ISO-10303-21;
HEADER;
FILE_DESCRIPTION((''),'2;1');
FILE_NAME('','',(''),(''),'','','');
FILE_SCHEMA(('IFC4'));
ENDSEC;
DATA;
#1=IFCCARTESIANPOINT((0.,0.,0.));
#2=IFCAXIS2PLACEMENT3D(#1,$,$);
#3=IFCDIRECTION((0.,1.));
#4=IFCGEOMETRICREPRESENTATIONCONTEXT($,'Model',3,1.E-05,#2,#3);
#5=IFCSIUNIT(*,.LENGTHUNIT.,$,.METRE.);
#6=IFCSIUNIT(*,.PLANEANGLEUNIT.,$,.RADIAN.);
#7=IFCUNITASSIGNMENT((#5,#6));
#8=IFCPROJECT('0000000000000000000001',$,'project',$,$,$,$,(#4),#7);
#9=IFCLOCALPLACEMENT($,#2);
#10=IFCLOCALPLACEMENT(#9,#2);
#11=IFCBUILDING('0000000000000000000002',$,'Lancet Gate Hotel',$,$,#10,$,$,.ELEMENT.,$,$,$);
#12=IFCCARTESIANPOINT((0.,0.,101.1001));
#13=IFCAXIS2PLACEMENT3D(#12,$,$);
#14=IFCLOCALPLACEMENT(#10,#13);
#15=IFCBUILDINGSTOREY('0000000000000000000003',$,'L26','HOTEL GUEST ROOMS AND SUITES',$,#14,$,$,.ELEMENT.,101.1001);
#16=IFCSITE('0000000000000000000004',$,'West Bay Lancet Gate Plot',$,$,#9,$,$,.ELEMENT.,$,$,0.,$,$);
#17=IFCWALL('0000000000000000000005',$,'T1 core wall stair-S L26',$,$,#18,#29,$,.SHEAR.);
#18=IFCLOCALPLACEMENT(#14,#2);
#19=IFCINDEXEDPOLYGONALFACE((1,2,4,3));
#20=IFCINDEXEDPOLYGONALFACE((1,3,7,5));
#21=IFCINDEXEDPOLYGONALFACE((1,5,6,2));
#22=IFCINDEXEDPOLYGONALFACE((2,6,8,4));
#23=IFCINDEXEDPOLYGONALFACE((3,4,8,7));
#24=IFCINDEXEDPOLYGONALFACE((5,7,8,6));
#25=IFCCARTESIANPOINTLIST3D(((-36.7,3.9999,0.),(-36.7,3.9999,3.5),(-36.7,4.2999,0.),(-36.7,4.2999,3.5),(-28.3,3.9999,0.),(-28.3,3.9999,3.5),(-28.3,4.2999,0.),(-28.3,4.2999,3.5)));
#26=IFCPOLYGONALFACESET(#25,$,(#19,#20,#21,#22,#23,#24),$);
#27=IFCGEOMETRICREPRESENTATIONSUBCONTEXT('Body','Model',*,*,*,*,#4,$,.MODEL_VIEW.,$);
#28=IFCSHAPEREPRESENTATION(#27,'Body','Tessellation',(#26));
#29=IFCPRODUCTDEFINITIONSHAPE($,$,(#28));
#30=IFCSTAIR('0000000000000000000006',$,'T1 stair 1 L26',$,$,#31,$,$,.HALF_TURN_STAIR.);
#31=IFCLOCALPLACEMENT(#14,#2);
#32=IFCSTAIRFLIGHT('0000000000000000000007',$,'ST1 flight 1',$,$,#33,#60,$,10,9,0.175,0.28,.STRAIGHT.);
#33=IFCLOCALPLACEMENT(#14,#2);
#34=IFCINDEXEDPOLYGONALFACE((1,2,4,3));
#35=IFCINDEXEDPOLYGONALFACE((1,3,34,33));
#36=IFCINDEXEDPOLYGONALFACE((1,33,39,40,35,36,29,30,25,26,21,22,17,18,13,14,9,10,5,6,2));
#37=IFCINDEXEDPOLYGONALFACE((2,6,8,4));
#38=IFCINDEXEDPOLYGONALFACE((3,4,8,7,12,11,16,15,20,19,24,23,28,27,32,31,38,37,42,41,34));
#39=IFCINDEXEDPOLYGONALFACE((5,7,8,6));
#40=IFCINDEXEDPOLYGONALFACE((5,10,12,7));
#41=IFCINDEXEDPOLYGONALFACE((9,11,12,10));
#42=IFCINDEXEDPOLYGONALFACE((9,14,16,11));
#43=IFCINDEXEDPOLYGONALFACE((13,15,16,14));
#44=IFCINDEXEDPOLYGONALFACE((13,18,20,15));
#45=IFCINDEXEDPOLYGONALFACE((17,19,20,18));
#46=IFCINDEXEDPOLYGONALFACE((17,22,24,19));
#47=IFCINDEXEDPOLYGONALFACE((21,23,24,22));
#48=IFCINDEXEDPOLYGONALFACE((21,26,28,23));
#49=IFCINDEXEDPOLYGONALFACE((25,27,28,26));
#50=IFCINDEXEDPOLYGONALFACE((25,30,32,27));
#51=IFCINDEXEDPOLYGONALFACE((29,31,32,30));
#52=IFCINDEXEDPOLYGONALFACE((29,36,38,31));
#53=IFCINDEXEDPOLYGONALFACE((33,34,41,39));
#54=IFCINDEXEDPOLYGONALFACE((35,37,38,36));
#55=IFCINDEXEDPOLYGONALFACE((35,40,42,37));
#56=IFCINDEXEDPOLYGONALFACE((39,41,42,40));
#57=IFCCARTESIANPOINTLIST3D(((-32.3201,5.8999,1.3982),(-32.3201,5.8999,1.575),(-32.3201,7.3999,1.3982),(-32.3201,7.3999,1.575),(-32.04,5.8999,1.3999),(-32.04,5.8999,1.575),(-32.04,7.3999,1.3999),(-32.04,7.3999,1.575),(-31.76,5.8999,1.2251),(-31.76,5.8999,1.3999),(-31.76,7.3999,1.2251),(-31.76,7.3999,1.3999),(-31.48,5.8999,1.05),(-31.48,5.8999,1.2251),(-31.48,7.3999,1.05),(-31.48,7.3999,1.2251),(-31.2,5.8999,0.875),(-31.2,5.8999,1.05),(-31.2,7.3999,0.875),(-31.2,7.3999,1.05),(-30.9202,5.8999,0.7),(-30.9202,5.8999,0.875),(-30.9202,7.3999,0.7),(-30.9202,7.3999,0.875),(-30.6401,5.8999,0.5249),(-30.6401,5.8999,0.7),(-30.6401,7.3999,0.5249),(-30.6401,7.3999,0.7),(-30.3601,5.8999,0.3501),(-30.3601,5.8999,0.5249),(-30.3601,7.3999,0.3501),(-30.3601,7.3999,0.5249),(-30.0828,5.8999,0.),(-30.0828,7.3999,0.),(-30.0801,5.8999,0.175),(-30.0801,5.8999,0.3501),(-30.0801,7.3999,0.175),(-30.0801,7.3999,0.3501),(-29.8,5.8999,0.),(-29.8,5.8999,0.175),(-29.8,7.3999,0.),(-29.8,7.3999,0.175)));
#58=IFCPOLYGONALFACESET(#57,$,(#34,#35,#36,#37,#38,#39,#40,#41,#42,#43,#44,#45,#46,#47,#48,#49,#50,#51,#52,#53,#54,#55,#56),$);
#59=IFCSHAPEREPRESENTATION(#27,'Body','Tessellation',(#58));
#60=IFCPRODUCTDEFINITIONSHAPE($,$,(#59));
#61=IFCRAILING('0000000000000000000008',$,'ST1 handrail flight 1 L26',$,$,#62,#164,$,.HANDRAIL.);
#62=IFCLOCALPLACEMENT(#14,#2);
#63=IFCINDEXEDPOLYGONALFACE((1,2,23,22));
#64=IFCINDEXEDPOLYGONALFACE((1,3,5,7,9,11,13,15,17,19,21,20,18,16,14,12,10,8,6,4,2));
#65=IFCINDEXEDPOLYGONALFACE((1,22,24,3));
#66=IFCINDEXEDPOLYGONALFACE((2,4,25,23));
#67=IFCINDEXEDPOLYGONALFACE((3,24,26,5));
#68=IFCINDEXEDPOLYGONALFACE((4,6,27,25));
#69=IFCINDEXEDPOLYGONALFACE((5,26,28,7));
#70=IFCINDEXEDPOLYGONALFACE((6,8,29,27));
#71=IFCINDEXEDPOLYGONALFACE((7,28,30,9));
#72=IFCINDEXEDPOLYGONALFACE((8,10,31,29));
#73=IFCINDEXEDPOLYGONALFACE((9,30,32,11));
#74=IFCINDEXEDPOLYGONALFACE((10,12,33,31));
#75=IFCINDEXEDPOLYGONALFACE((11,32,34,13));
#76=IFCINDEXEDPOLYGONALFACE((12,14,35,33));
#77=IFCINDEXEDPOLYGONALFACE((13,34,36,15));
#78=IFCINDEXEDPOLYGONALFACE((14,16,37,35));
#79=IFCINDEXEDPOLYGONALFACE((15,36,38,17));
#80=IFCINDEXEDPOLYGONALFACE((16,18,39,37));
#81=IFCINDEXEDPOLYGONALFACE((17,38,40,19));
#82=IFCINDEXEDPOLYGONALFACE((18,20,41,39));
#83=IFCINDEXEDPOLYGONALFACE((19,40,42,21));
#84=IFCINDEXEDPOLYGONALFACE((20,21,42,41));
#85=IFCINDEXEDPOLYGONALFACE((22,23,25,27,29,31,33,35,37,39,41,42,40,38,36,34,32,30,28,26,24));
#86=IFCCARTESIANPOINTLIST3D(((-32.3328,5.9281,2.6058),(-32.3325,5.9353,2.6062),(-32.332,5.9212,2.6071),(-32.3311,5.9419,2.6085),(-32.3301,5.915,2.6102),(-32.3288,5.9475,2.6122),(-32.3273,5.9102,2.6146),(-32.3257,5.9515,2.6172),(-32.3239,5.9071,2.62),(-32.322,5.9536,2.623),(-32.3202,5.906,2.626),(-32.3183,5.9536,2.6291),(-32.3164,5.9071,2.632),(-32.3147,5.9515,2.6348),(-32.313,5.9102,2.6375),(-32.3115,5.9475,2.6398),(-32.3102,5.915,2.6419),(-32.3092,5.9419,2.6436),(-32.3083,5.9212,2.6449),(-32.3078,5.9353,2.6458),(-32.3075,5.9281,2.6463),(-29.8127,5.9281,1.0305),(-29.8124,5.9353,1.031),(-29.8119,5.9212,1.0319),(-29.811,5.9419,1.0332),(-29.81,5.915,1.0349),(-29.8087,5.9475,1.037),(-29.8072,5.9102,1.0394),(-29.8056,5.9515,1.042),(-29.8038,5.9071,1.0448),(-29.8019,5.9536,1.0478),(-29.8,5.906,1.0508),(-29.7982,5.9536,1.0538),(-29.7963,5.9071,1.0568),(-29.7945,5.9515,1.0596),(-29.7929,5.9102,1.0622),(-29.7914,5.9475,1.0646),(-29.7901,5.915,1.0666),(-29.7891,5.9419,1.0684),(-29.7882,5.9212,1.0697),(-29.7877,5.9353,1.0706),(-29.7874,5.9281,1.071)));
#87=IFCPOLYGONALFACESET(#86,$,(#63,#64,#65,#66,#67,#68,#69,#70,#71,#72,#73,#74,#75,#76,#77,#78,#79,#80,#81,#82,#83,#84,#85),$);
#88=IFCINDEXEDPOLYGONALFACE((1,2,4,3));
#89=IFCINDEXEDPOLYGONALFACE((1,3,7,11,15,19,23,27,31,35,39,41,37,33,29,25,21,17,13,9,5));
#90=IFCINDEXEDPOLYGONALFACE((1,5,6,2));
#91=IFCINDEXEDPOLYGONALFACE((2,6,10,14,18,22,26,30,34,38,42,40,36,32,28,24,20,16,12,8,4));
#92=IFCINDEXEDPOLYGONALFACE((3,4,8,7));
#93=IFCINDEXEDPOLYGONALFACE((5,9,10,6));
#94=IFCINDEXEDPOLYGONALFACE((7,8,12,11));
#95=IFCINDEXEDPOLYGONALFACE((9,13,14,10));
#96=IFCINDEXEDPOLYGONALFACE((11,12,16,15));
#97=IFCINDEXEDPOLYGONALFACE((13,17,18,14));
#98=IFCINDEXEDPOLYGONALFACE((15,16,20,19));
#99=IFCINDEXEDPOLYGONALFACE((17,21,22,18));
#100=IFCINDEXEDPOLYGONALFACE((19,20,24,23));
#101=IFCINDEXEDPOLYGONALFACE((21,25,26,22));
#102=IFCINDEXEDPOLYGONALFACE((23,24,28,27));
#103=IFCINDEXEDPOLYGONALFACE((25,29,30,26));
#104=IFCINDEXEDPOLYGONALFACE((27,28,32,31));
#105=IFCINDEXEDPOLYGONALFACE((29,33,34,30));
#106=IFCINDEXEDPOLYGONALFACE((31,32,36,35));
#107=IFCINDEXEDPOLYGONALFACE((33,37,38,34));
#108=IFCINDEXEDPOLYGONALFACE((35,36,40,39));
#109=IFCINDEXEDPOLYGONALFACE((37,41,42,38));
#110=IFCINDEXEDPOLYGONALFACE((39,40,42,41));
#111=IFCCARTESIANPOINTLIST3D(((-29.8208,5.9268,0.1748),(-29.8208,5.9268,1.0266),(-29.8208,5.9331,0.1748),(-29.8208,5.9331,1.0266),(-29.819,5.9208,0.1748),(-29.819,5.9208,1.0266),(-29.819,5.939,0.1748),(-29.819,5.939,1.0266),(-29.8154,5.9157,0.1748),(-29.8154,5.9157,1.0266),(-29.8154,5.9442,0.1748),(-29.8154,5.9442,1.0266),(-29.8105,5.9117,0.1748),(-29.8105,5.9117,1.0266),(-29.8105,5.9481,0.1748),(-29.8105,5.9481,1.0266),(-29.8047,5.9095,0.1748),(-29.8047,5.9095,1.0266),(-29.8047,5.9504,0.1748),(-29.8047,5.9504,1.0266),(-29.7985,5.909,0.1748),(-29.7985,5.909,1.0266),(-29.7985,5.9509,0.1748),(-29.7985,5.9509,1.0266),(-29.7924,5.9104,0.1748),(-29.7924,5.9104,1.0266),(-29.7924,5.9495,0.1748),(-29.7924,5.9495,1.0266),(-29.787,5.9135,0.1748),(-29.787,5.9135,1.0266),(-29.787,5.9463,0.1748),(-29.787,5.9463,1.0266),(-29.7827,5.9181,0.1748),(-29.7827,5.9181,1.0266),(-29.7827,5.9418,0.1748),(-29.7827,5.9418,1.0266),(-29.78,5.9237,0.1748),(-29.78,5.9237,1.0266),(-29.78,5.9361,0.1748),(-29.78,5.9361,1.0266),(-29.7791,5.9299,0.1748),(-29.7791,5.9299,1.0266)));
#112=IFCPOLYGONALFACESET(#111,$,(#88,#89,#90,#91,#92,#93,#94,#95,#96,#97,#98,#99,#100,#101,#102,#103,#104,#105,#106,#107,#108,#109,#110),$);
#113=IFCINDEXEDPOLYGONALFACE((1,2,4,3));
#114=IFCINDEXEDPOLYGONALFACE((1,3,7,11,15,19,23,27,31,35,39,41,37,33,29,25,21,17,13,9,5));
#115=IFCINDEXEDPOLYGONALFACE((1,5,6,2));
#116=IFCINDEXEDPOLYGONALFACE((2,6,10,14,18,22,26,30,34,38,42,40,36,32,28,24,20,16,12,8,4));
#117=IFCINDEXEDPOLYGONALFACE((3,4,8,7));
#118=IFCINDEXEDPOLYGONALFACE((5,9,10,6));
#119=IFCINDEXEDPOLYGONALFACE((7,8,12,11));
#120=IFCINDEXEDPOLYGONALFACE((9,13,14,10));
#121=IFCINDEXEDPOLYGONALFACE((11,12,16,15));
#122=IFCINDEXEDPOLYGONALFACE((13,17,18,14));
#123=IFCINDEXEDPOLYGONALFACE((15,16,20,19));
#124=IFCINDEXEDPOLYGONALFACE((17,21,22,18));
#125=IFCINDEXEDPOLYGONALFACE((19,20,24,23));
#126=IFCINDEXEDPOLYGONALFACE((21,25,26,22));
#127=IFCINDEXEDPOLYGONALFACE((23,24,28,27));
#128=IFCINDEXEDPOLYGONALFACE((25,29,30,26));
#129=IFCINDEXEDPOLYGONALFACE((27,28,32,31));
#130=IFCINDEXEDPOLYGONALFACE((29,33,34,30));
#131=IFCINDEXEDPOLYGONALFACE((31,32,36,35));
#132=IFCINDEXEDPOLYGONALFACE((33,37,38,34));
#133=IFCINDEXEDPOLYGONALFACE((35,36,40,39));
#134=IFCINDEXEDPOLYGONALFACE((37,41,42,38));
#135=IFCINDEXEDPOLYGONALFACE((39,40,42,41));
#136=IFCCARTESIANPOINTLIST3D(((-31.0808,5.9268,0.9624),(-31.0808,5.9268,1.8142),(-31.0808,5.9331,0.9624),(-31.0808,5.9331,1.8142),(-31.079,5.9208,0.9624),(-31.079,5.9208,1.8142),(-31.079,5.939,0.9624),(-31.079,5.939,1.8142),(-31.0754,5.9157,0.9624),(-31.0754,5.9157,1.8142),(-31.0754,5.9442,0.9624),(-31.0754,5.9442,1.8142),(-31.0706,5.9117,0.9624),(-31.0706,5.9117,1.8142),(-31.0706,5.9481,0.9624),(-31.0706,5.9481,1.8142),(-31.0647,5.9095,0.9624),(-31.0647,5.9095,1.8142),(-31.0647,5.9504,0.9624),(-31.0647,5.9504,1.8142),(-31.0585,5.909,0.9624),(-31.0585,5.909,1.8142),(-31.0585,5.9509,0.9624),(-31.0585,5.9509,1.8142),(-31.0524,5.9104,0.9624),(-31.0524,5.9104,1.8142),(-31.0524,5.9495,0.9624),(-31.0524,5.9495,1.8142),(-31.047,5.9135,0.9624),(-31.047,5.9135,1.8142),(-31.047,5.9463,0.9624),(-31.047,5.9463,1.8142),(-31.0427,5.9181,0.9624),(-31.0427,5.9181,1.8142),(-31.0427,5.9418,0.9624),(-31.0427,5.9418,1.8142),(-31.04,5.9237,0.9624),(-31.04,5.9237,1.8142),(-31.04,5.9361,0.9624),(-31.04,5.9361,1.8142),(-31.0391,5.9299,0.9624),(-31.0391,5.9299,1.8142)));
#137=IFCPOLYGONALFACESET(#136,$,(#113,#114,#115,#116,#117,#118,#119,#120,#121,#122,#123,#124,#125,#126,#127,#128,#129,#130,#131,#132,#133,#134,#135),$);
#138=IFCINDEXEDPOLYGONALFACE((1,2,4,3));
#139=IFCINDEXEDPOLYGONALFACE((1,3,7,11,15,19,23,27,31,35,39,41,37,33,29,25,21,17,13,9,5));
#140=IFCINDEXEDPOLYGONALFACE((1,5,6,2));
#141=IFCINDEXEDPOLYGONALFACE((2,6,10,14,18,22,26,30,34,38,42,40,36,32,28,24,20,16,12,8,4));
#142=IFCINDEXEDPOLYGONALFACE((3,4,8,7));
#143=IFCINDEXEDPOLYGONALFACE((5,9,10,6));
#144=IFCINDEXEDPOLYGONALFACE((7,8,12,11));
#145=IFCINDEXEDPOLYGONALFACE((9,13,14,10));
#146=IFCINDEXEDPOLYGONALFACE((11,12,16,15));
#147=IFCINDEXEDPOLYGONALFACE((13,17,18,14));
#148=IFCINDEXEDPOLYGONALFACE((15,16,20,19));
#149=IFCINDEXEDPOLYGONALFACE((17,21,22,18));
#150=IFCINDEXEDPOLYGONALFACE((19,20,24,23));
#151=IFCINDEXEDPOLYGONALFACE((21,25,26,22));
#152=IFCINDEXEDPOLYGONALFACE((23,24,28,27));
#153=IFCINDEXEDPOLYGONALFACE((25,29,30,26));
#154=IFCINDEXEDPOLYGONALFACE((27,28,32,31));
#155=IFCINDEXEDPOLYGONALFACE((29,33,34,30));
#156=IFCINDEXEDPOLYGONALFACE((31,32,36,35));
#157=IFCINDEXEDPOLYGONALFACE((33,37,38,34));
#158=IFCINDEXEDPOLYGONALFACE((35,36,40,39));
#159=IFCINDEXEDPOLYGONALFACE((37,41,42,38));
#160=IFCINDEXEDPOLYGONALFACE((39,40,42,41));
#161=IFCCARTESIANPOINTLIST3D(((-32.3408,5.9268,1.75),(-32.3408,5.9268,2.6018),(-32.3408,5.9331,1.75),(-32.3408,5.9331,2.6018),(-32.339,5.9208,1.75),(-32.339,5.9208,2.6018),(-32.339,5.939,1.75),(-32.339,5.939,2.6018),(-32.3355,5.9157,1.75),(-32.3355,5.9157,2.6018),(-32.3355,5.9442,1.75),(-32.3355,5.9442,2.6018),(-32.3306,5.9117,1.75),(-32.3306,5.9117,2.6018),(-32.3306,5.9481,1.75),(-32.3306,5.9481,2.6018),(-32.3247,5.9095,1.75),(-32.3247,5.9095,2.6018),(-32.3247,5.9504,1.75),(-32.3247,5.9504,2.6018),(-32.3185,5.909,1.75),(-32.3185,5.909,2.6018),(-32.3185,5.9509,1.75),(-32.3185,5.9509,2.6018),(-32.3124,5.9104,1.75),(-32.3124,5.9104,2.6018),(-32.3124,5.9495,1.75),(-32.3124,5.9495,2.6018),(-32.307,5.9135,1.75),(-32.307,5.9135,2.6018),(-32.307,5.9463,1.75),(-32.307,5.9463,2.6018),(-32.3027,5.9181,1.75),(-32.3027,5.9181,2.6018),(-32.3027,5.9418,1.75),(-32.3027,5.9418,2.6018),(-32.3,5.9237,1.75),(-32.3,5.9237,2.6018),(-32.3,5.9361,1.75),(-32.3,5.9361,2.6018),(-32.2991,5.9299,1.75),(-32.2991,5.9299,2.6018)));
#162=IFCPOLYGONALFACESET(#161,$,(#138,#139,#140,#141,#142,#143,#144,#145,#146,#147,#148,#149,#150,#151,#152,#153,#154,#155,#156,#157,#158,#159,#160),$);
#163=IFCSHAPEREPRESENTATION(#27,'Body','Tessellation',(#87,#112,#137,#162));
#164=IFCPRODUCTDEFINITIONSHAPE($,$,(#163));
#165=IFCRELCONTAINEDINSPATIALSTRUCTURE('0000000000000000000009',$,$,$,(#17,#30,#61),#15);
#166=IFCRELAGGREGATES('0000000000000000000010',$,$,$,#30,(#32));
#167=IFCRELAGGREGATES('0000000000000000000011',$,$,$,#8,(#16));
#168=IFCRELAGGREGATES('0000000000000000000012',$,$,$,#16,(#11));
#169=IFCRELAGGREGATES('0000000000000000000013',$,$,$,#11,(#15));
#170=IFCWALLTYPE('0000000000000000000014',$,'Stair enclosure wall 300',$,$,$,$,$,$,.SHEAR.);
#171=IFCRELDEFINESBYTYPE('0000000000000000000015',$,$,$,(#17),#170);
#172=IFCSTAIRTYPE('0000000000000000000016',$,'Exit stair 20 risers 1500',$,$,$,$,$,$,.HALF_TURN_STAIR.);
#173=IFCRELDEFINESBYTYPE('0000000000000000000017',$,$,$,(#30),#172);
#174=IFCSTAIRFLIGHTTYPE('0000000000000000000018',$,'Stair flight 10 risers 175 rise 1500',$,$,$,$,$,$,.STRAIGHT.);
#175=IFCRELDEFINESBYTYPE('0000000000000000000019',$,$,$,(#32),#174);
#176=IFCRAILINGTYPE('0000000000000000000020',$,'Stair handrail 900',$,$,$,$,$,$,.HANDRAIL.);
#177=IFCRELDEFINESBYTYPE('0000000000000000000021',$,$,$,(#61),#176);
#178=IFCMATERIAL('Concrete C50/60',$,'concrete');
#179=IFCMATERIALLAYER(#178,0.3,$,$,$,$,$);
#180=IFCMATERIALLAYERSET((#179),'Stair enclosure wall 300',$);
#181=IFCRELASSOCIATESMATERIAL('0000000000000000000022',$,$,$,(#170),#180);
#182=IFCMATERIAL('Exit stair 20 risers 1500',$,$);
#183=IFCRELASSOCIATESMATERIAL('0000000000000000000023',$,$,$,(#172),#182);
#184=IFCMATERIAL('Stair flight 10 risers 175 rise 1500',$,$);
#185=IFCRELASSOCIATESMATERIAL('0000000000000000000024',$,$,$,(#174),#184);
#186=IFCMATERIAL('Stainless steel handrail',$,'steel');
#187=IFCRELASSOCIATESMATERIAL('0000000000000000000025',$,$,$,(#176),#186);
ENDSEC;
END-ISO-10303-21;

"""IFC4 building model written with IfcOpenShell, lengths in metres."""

from ifc_helpers import new_model, si_unit, direction, frame, frame_2d, origin, origin_2d, place, context, subcontext, project, spatial, polyline, rectangle, circle, outline, extrude, material, layer, layer_set, type_object, element, aggregate, save


model = new_model("IFC4")

# Units and contexts
model_context = context("Model", 3, precision=1e-05, world=origin(), true_north=direction((0.0, 1.0)))
body_context = subcontext(model_context, "Body", "Model", "MODEL_VIEW")
ifc_project = project(units=[si_unit("LENGTHUNIT", "METRE"), si_unit("PLANEANGLEUNIT", "RADIAN")], contexts=[model_context])

# Site, building, storey
site_placement = place(None, origin())
site = spatial("IfcSite", under=ifc_project, at=site_placement, Name="West Bay Lancet Gate Plot", CompositionType="ELEMENT", RefElevation=0.0)
building_placement = place(site_placement, origin())
building = spatial("IfcBuilding", under=site, at=building_placement, Name="Lancet Gate Hotel", CompositionType="ELEMENT")
storey_placement = place(building_placement, frame((0.0, 0.0, 101.1001)))
storey = spatial("IfcBuildingStorey", under=building, at=storey_placement, Name="L26", Description="HOTEL GUEST ROOMS AND SUITES", CompositionType="ELEMENT", Elevation=101.1001)

# Wall
ifc_material_1 = material(Name="Concrete C50/60", Category="concrete")
ifc_layer_1 = layer(ifc_material_1, 0.3)
ifc_layer_set_1 = layer_set([ifc_layer_1], Name="Stair enclosure wall 300")
wall_type_1 = type_object("IfcWallType", Name="Stair enclosure wall 300", PredefinedType="SHEAR", material=ifc_layer_set_1)
wall_1_placement = place(storey_placement, frame((-28.3, 4.1499, 0.0), z_axis=(0.0, 0.0, 1.0), x_axis=(-1.0, 0.0, 0.0)))
element("IfcWall", 1, at=wall_1_placement, inside=storey, type_object=wall_type_1, Name="T1 core wall stair-S L26", PredefinedType="SHEAR", context=body_context, shape_type="SweptSolid", body=[
    extrude(rectangle(XDim=8.3999, YDim=0.3, at=frame_2d((4.2, 0.0))), origin(), (0.0, 0.0, 1.0), 3.5),
])

# Stair, stair flight
ifc_material_2 = material(Name="Exit stair 20 risers 1500")
stair_type = type_object("IfcStairType", Name="Exit stair 20 risers 1500", PredefinedType="HALF_TURN_STAIR", material=ifc_material_2)
stair_placement = place(storey_placement, origin())
stair = element("IfcStair", 2, at=stair_placement, inside=storey, type_object=stair_type, Name="T1 stair 1 L26", PredefinedType="HALF_TURN_STAIR")
ifc_material_3 = material(Name="Stair flight 10 risers 175 rise 1500")
stair_flight_type = type_object("IfcStairFlightType", Name="Stair flight 10 risers 175 rise 1500", PredefinedType="STRAIGHT", material=ifc_material_3)
stair_flight_placement = place(storey_placement, frame((-29.8, 6.6499, 0.0), z_axis=(0.0, 0.0, 1.0), x_axis=(-1.0, 0.0, 0.0)))
stair_flight = element("IfcStairFlight", 3, at=stair_flight_placement, type_object=stair_flight_type, Name="ST1 flight 1", NumberOfRisers=10, NumberOfTreads=9, PredefinedType="STRAIGHT", RiserHeight=0.175, TreadLength=0.28, context=body_context, shape_type="SweptSolid", body=[
    extrude(outline(polyline([(0.0, 0.0), (0.0, 0.175), (0.28, 0.175), (0.28, 0.3501), (0.5601, 0.3501), (0.5601, 0.5249), (0.8401, 0.5249), (0.8401, 0.7), (1.1201, 0.7), (1.1201, 0.875), (1.3999, 0.875), (1.3999, 1.05), (1.6799, 1.05), (1.6799, 1.2251), (1.96, 1.2251), (1.96, 1.3999), (2.24, 1.3999), (2.24, 1.575), (2.52, 1.575), (2.52, 1.75), (2.52, 1.3982), (0.2827, 0.0), (0.0, 0.0)])), frame((0.0, 0.75, 0.0), z_axis=(0.0, -1.0, 0.0), x_axis=(1.0, 0.0, 0.0)), (0.0, 0.0, 1.0), 1.5),
])
aggregate(stair, [stair_flight])

# Railing
ifc_material_4 = material(Name="Stainless steel handrail", Category="steel")
railing_type = type_object("IfcRailingType", Name="Stair handrail 900", PredefinedType="HANDRAIL", material=ifc_material_4)
railing_placement = place(storey_placement, frame((-29.8, 5.9299, 0.1748)))
element("IfcRailing", 4, at=railing_placement, inside=storey, type_object=railing_type, Name="ST1 handrail flight 1 L26", PredefinedType="HANDRAIL", context=body_context, shape_type="SweptSolid", body=[
    extrude(circle(Radius=0.0239, at=origin_2d()), frame((0.0, 0.0, 0.876), z_axis=(-0.847971, 0.0, 0.530043), x_axis=(0.0, -1.0, 0.0)), (0.0, 0.0, 1.0), 2.9719),
    extrude(circle(Radius=0.021, at=origin_2d()), origin(), (0.0, 0.0, 1.0), 0.8518),
    extrude(circle(Radius=0.021, at=origin_2d()), frame((-1.26, 0.0, 0.7876)), (0.0, 0.0, 1.0), 0.8518),
    extrude(circle(Radius=0.021, at=origin_2d()), frame((-2.52, 0.0, 1.5752)), (0.0, 0.0, 1.0), 0.8518),
])

save(model, "model.ifc")
